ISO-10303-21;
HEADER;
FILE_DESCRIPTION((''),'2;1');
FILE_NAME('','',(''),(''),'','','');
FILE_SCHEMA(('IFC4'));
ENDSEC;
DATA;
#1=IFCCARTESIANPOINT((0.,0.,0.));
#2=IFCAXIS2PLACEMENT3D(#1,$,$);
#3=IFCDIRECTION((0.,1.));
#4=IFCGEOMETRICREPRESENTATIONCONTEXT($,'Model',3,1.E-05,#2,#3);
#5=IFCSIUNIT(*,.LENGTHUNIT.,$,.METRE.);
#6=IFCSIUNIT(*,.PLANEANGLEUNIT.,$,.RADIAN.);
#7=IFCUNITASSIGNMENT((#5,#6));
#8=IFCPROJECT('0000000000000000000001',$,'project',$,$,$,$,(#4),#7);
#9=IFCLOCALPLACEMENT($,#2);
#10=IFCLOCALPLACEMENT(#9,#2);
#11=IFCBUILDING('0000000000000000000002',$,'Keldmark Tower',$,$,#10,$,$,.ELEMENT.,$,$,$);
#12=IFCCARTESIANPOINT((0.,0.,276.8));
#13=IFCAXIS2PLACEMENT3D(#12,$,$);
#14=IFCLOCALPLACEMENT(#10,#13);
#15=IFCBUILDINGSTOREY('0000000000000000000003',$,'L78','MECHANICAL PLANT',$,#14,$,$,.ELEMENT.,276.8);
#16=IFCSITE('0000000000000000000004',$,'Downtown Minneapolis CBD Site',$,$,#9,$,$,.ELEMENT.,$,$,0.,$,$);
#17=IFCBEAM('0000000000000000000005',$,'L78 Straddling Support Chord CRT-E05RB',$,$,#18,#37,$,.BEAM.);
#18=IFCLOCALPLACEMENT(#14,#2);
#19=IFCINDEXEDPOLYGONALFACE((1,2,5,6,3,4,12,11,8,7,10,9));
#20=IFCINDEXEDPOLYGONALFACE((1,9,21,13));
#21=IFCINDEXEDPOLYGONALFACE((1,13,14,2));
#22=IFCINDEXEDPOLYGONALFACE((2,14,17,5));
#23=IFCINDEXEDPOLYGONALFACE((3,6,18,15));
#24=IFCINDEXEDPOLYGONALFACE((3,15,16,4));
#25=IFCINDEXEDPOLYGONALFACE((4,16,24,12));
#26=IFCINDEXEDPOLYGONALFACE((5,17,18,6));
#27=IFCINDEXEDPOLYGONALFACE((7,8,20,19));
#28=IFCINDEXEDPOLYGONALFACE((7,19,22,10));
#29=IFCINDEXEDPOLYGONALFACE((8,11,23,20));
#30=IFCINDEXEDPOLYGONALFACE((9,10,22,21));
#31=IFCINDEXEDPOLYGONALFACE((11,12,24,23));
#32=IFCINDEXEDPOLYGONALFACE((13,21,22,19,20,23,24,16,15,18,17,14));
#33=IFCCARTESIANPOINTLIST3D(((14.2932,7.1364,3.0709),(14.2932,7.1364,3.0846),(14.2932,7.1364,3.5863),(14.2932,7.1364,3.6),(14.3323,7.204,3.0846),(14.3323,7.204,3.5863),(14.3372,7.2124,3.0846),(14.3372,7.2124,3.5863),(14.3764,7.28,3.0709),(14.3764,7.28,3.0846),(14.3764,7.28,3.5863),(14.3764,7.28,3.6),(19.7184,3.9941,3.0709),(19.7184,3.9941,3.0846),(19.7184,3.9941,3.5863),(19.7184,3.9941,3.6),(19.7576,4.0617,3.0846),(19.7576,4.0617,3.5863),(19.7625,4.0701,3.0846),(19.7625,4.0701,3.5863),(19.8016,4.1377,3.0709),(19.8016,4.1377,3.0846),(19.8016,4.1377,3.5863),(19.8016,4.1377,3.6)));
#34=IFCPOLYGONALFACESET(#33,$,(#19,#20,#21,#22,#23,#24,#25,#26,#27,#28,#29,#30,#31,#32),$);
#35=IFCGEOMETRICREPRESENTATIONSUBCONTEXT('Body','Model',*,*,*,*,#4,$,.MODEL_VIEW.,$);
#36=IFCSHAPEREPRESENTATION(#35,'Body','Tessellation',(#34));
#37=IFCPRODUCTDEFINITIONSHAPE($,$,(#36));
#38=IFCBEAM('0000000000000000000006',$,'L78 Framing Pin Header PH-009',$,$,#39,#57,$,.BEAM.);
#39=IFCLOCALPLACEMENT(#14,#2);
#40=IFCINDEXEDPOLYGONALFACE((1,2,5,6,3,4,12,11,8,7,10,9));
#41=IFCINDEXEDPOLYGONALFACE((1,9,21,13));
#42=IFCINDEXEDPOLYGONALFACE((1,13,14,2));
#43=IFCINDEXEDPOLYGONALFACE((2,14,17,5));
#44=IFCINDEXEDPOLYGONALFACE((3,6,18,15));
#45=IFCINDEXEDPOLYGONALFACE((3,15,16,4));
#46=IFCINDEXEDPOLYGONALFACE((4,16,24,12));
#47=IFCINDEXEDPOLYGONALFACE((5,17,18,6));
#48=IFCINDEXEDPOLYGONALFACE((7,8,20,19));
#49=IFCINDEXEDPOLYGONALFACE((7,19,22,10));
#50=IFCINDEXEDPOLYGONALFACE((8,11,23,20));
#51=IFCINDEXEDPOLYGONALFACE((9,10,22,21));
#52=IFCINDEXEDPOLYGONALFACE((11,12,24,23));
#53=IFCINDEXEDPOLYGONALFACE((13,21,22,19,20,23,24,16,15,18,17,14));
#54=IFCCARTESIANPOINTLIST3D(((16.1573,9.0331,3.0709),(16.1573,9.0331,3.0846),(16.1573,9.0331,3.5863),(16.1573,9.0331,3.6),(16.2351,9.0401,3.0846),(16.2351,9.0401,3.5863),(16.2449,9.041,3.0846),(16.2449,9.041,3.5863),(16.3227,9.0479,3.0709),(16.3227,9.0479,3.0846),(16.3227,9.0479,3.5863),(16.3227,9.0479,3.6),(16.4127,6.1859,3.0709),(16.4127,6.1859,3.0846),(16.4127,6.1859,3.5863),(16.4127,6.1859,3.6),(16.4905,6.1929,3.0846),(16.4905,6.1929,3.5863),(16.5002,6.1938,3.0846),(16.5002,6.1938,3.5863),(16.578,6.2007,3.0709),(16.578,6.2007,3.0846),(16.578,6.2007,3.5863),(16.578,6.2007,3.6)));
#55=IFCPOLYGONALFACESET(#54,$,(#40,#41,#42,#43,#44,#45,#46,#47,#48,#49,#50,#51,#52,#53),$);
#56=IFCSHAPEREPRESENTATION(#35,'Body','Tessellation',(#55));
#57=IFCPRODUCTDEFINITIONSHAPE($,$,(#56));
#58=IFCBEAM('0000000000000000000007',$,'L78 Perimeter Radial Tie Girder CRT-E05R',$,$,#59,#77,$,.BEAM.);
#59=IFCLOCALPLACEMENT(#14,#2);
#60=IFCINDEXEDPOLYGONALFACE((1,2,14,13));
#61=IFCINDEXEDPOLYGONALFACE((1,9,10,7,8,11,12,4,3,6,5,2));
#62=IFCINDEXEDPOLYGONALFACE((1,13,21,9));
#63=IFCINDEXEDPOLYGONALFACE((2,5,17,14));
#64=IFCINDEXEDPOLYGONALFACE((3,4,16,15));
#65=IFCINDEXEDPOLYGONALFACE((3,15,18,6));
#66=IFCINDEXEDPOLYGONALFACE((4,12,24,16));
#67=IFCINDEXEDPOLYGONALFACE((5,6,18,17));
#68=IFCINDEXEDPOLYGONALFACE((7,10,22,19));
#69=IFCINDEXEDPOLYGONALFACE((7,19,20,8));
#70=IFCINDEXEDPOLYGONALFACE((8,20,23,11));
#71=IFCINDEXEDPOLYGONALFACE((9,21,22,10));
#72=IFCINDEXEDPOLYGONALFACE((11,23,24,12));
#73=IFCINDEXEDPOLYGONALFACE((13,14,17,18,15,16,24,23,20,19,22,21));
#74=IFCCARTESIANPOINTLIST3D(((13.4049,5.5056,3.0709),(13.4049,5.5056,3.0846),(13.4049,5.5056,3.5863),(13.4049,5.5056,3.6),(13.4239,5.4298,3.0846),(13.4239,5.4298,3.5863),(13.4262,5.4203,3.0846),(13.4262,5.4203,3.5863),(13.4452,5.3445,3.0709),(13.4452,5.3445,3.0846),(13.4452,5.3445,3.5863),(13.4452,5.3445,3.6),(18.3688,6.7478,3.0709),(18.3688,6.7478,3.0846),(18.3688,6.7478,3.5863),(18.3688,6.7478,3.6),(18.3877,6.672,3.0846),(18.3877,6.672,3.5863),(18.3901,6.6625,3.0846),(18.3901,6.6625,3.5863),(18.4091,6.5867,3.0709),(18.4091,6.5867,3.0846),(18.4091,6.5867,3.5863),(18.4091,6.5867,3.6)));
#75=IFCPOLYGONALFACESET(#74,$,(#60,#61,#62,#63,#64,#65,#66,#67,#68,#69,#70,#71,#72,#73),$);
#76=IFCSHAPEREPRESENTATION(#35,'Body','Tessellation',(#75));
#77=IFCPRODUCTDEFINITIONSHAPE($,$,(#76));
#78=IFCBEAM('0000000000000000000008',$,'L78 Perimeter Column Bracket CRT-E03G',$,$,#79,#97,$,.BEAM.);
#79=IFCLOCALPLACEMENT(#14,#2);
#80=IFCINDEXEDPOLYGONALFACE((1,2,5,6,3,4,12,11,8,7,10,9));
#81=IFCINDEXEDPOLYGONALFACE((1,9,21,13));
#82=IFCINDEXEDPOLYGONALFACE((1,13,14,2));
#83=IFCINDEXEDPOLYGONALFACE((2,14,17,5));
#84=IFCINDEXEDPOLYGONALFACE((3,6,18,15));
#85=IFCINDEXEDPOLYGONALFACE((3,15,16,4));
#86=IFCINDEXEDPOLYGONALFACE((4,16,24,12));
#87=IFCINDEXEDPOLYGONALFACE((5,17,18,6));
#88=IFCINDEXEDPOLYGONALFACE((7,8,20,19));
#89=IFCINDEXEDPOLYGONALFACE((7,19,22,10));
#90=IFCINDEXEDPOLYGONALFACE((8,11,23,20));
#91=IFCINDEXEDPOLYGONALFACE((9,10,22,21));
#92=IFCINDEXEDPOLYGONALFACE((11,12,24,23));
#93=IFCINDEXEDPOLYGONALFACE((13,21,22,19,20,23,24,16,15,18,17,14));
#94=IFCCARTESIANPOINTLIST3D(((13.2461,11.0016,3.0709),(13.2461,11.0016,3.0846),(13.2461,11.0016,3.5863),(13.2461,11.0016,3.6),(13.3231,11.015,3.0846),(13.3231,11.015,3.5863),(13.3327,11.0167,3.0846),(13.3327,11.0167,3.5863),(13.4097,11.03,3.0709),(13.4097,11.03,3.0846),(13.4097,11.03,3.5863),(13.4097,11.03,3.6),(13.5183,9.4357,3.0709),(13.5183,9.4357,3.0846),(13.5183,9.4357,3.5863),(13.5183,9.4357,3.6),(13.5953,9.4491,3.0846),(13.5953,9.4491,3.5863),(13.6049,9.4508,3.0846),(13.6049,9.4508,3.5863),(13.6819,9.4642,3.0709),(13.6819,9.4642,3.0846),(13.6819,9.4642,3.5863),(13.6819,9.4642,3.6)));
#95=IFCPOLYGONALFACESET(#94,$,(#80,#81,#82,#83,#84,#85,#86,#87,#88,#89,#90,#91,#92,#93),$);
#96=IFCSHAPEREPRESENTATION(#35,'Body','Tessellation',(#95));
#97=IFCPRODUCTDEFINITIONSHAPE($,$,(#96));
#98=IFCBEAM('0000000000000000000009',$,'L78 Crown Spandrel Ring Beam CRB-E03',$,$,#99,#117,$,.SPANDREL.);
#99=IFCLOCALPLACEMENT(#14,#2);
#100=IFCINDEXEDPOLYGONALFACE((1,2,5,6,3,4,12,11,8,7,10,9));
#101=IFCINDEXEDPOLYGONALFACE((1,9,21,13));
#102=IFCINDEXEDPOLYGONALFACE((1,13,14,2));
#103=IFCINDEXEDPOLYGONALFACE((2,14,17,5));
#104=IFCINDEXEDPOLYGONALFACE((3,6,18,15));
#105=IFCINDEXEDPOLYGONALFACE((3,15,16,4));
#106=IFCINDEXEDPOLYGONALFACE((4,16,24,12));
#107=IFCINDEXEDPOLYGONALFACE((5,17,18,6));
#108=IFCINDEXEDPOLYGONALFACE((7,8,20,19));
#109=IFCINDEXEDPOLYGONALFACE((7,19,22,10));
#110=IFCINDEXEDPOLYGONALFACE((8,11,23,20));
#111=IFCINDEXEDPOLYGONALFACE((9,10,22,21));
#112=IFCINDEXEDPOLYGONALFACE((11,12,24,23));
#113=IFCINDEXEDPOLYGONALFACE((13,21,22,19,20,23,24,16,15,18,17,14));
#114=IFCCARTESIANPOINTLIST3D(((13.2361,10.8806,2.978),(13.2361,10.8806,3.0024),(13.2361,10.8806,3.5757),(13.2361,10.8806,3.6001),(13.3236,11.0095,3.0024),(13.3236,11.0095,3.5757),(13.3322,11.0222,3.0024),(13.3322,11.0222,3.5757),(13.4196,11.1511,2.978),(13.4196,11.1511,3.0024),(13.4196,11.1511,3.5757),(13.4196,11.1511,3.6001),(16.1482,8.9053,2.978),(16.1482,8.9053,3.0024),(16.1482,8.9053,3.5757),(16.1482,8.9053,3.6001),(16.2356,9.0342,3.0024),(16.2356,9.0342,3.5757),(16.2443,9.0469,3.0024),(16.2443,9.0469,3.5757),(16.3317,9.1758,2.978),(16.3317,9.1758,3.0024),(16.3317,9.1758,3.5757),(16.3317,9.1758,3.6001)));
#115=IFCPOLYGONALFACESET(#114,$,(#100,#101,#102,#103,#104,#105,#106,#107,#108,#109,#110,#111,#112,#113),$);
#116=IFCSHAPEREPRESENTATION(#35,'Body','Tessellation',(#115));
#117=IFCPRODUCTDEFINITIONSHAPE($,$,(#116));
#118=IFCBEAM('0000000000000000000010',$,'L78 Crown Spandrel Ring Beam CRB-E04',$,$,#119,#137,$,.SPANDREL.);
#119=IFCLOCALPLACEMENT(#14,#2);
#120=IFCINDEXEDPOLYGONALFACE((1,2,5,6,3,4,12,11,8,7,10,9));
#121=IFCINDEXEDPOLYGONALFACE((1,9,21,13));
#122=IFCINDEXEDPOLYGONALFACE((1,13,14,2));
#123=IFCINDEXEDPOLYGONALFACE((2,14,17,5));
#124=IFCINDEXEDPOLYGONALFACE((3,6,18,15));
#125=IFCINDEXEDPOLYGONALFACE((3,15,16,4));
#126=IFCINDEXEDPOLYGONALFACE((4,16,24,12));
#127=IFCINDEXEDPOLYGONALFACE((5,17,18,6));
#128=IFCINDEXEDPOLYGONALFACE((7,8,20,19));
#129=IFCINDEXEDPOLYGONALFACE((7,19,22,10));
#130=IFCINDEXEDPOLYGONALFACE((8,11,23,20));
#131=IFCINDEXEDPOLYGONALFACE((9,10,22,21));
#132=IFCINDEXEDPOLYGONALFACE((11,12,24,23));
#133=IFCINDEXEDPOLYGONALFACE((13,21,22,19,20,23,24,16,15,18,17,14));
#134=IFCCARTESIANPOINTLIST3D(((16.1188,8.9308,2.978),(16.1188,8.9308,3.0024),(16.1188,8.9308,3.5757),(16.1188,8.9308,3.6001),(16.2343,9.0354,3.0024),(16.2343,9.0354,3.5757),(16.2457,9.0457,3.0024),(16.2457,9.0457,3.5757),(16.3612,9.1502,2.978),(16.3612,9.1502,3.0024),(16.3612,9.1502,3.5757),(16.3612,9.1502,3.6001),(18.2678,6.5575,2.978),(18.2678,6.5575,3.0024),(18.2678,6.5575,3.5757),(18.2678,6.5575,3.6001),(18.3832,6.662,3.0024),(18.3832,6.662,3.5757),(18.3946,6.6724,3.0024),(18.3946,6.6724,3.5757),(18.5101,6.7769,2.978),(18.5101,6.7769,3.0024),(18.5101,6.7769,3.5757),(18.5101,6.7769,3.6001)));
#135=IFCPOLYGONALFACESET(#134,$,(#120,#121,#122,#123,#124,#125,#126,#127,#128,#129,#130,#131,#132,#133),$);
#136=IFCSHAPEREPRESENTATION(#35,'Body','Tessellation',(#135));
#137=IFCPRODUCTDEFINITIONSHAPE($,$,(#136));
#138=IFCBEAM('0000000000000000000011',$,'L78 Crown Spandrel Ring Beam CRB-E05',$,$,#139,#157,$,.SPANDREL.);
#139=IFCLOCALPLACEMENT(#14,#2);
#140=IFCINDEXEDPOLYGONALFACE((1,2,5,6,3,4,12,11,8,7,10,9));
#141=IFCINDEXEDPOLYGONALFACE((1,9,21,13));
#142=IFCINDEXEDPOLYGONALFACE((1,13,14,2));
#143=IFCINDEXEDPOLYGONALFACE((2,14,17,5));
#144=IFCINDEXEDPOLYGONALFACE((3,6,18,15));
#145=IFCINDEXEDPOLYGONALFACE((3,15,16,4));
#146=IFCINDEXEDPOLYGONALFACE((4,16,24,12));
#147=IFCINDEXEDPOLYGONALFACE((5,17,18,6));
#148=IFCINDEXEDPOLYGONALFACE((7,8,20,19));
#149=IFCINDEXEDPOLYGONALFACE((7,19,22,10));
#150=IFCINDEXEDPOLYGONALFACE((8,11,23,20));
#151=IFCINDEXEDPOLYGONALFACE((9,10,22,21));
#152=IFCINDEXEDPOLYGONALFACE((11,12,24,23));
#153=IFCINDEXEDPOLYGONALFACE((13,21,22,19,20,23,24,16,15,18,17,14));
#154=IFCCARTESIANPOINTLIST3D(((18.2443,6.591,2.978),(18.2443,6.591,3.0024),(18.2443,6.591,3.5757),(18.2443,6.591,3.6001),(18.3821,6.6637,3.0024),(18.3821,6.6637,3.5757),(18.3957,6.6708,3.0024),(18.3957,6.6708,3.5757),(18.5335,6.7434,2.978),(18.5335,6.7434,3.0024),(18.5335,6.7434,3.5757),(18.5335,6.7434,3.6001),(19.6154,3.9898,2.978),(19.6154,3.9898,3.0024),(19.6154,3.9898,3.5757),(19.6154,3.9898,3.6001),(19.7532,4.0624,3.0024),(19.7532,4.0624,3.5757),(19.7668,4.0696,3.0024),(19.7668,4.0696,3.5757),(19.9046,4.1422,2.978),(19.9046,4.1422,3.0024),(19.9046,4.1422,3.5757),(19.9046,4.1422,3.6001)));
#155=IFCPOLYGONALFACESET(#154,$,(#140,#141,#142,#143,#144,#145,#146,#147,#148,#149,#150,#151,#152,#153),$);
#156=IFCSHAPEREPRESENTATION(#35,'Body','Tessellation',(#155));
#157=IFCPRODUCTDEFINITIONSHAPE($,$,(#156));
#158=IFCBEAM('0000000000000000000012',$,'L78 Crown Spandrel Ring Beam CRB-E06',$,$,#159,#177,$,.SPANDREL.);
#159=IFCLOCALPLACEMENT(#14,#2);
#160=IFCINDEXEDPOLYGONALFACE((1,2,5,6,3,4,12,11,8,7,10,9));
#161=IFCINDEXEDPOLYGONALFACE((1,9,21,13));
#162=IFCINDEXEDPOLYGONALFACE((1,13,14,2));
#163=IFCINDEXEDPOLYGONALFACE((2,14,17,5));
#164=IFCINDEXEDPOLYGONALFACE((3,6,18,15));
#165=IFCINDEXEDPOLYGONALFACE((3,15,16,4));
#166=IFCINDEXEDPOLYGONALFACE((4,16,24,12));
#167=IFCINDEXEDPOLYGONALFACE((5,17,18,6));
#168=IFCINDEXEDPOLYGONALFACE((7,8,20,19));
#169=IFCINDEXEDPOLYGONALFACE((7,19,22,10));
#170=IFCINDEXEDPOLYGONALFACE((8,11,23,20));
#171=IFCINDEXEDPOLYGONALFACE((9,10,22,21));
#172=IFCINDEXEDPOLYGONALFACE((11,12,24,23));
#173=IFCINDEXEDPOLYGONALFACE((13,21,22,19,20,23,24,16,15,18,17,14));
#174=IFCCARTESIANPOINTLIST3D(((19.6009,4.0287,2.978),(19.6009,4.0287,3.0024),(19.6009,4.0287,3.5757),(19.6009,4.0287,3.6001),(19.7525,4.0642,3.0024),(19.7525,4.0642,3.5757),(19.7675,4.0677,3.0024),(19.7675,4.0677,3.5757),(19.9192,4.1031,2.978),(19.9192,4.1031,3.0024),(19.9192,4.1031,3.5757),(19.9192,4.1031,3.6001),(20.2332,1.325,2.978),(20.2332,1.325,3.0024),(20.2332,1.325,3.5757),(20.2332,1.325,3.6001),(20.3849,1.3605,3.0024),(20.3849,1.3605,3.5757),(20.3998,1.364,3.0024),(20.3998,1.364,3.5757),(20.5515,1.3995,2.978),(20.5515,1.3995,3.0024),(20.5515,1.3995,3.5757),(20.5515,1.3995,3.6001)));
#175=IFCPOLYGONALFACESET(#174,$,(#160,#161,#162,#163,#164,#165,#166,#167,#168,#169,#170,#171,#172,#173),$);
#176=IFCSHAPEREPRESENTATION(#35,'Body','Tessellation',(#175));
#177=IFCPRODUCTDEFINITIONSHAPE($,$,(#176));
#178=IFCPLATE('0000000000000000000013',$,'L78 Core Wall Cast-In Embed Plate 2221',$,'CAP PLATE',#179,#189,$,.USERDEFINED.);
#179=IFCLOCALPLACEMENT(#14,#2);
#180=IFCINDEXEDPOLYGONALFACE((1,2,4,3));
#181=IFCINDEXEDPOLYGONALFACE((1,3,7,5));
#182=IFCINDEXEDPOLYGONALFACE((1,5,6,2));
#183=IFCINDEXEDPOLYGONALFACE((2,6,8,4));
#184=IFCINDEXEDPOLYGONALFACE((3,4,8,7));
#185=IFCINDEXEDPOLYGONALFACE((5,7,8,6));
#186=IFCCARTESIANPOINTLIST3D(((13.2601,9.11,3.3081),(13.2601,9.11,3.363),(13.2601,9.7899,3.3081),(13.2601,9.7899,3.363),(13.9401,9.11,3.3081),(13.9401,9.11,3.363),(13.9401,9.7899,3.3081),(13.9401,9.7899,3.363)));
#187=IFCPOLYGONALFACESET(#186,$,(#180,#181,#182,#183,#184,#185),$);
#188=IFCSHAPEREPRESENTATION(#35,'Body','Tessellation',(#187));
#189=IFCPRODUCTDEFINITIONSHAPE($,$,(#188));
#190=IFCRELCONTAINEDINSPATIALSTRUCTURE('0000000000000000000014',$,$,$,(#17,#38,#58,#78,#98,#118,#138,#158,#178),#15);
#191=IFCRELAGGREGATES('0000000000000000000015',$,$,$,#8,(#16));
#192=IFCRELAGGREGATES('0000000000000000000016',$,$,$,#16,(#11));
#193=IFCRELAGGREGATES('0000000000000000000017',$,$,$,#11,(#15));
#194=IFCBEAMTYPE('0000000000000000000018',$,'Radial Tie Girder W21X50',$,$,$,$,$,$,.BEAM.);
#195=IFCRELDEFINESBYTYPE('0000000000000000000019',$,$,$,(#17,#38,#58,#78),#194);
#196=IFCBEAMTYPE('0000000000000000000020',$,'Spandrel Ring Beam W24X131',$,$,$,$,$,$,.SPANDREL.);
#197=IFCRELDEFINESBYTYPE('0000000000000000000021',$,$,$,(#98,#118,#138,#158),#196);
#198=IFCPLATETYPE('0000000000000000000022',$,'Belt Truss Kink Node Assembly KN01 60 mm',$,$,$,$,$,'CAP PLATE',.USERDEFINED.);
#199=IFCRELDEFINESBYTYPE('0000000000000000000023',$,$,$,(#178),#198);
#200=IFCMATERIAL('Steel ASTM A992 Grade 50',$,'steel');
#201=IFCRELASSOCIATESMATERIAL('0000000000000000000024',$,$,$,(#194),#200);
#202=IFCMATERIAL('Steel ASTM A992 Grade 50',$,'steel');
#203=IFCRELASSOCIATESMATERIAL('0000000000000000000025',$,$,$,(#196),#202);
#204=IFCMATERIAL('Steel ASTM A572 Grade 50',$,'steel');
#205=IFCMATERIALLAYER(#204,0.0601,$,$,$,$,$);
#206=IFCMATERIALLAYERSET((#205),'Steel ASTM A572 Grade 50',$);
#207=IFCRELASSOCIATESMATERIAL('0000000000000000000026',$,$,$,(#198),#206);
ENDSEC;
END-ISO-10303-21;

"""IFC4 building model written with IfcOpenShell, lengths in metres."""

from ifc_helpers import new_model, si_unit, direction, frame, origin, origin_2d, place, context, subcontext, project, spatial, rectangle, i_section, extrude, material, layer, layer_set, material_profile, profile_set, type_object, element, save


model = new_model("IFC4")

# Units and contexts
model_context = context("Model", 3, precision=1e-05, world=origin(), true_north=direction((0.0, 1.0)))
body_context = subcontext(model_context, "Body", "Model", "MODEL_VIEW")
ifc_project = project(units=[si_unit("LENGTHUNIT", "METRE"), si_unit("PLANEANGLEUNIT", "RADIAN")], contexts=[model_context])

# Site, building, storey
site_placement = place(None, origin())
site = spatial("IfcSite", under=ifc_project, at=site_placement, Name="Downtown Minneapolis CBD Site", CompositionType="ELEMENT", RefElevation=0.0)
building_placement = place(site_placement, origin())
building = spatial("IfcBuilding", under=site, at=building_placement, Name="Keldmark Tower", CompositionType="ELEMENT")
storey_placement = place(building_placement, frame((0.0, 0.0, 276.8)))
storey = spatial("IfcBuildingStorey", under=building, at=storey_placement, Name="L78", Description="MECHANICAL PLANT", CompositionType="ELEMENT", Elevation=276.8)

# Beams
ifc_material_1 = material(Name="Steel ASTM A992 Grade 50", Category="steel")
ifc_material_profile_1 = material_profile(ifc_material_1, i_section(OverallWidth=0.166, OverallDepth=0.5291, WebThickness=0.0098, FlangeThickness=0.0137, at=origin_2d()), Name="W21X50")
ifc_profile_set_1 = profile_set([ifc_material_profile_1], Name="Steel ASTM A992 Grade 50")
beam_type_1 = type_object("IfcBeamType", Name="Radial Tie Girder W21X50", PredefinedType="BEAM", material=ifc_profile_set_1)
beam_1_placement = place(storey_placement, frame((19.76, 4.0659, 3.3354), z_axis=(-0.865331, 0.501201, 0.0), x_axis=(-0.501201, -0.865331, 0.0)))
element("IfcBeam", 1, at=beam_1_placement, inside=storey, type_object=beam_type_1, Name="L78 Straddling Support Chord CRT-E05RB", PredefinedType="BEAM", context=body_context, shape_type="SweptSolid", body=[
    extrude(i_section(OverallWidth=0.166, OverallDepth=0.5291, WebThickness=0.0098, FlangeThickness=0.0137, at=origin_2d()), origin(), (0.0, 0.0, 1.0), 6.2695),
])
beam_2_placement = place(storey_placement, frame((16.24, 9.0405, 3.3354), z_axis=(0.089334, -0.996002, 0.0), x_axis=(0.996002, 0.089334, 0.0)))
element("IfcBeam", 2, at=beam_2_placement, inside=storey, type_object=beam_type_1, Name="L78 Framing Pin Header PH-009", PredefinedType="BEAM", context=body_context, shape_type="SweptSolid", body=[
    extrude(i_section(OverallWidth=0.166, OverallDepth=0.5291, WebThickness=0.0098, FlangeThickness=0.0137, at=origin_2d()), origin(), (0.0, 0.0, 1.0), 2.8586),
])
beam_3_placement = place(storey_placement, frame((13.425, 5.425, 3.3354), z_axis=(0.970086, 0.24276, 0.0), x_axis=(-0.24276, 0.970086, 0.0)))
element("IfcBeam", 3, at=beam_3_placement, inside=storey, type_object=beam_type_1, Name="L78 Perimeter Radial Tie Girder CRT-E05R", PredefinedType="BEAM", context=body_context, shape_type="SweptSolid", body=[
    extrude(i_section(OverallWidth=0.166, OverallDepth=0.5291, WebThickness=0.0098, FlangeThickness=0.0137, at=origin_2d()), origin(), (0.0, 0.0, 1.0), 5.1169),
])
beam_4_placement = place(storey_placement, frame((13.6001, 9.45, 3.3354), z_axis=(-0.17127, 0.985224, 0.0), x_axis=(-0.985224, -0.17127, 0.0)))
element("IfcBeam", 4, at=beam_4_placement, inside=storey, type_object=beam_type_1, Name="L78 Perimeter Column Bracket CRT-E03G", PredefinedType="BEAM", context=body_context, shape_type="SweptSolid", body=[
    extrude(i_section(OverallWidth=0.166, OverallDepth=0.5291, WebThickness=0.0098, FlangeThickness=0.0137, at=origin_2d()), origin(), (0.0, 0.0, 1.0), 1.5894),
])
ifc_material_2 = material(Name="Steel ASTM A992 Grade 50", Category="steel")
ifc_material_profile_2 = material_profile(ifc_material_2, i_section(OverallWidth=0.3269, OverallDepth=0.6221, WebThickness=0.0154, FlangeThickness=0.0244, at=origin_2d()), Name="W24X131")
ifc_profile_set_2 = profile_set([ifc_material_profile_2], Name="Steel ASTM A992 Grade 50")
beam_type_2 = type_object("IfcBeamType", Name="Spandrel Ring Beam W24X131", PredefinedType="SPANDREL", material=ifc_profile_set_2)
beam_5_placement = place(storey_placement, frame((13.3279, 11.0159, 3.2891), z_axis=(0.827572, -0.561359, 0.0), x_axis=(0.561359, 0.827572, 0.0)))
element("IfcBeam", 5, at=beam_5_placement, inside=storey, type_object=beam_type_2, Name="L78 Crown Spandrel Ring Beam CRB-E03", PredefinedType="SPANDREL", context=body_context, shape_type="SweptSolid", body=[
    extrude(i_section(OverallWidth=0.3269, OverallDepth=0.6221, WebThickness=0.0154, FlangeThickness=0.0244, at=origin_2d()), origin(), (0.0, 0.0, 1.0), 3.5188),
])
beam_6_placement = place(storey_placement, frame((16.24, 9.0405, 3.2891), z_axis=(0.671199, -0.741277, 0.0), x_axis=(0.741277, 0.671199, 0.0)))
element("IfcBeam", 6, at=beam_6_placement, inside=storey, type_object=beam_type_2, Name="L78 Crown Spandrel Ring Beam CRB-E04", PredefinedType="SPANDREL", context=body_context, shape_type="SweptSolid", body=[
    extrude(i_section(OverallWidth=0.3269, OverallDepth=0.6221, WebThickness=0.0154, FlangeThickness=0.0244, at=origin_2d()), origin(), (0.0, 0.0, 1.0), 3.2017),
])
beam_7_placement = place(storey_placement, frame((18.3889, 6.6672, 3.2891), z_axis=(0.466273, -0.884641, 0.0), x_axis=(0.884641, 0.466273, 0.0)))
element("IfcBeam", 7, at=beam_7_placement, inside=storey, type_object=beam_type_2, Name="L78 Crown Spandrel Ring Beam CRB-E05", PredefinedType="SPANDREL", context=body_context, shape_type="SweptSolid", body=[
    extrude(i_section(OverallWidth=0.3269, OverallDepth=0.6221, WebThickness=0.0154, FlangeThickness=0.0244, at=origin_2d()), origin(), (0.0, 0.0, 1.0), 2.9404),
])
beam_8_placement = place(storey_placement, frame((19.76, 4.0659, 3.2891), z_axis=(0.227735, -0.973723, 0.0), x_axis=(0.973723, 0.227735, 0.0)))
element("IfcBeam", 8, at=beam_8_placement, inside=storey, type_object=beam_type_2, Name="L78 Crown Spandrel Ring Beam CRB-E06", PredefinedType="SPANDREL", context=body_context, shape_type="SweptSolid", body=[
    extrude(i_section(OverallWidth=0.3269, OverallDepth=0.6221, WebThickness=0.0154, FlangeThickness=0.0244, at=origin_2d()), origin(), (0.0, 0.0, 1.0), 2.7766),
])

# Plate
ifc_material_3 = material(Name="Steel ASTM A572 Grade 50", Category="steel")
ifc_layer_1 = layer(ifc_material_3, 0.0601)
ifc_layer_set_1 = layer_set([ifc_layer_1], Name="Steel ASTM A572 Grade 50")
plate_type_1 = type_object("IfcPlateType", Name="Belt Truss Kink Node Assembly KN01 60 mm", ElementType="CAP PLATE", PredefinedType="USERDEFINED", material=ifc_layer_set_1)
for number, where, z_axis, x_axis, name in (
    (9, (13.6001, 9.45, 3.3081), (0.0, 0.0, 1.0), (1.0, 0.0, 0.0), "L78 Core Wall Cast-In Embed Plate 2221"),
):
    element("IfcPlate", number, at=place(storey_placement, frame(where, z_axis=z_axis, x_axis=x_axis)), inside=storey, type_object=plate_type_1, Name=name, ObjectType="CAP PLATE", PredefinedType="USERDEFINED", context=body_context, shape_type="SweptSolid", body=[
        extrude(rectangle(XDim=0.6799, YDim=0.6799, at=origin_2d()), origin(), (0.0, 0.0, 1.0), 0.0549),
    ])

save(model, "model.ifc")
